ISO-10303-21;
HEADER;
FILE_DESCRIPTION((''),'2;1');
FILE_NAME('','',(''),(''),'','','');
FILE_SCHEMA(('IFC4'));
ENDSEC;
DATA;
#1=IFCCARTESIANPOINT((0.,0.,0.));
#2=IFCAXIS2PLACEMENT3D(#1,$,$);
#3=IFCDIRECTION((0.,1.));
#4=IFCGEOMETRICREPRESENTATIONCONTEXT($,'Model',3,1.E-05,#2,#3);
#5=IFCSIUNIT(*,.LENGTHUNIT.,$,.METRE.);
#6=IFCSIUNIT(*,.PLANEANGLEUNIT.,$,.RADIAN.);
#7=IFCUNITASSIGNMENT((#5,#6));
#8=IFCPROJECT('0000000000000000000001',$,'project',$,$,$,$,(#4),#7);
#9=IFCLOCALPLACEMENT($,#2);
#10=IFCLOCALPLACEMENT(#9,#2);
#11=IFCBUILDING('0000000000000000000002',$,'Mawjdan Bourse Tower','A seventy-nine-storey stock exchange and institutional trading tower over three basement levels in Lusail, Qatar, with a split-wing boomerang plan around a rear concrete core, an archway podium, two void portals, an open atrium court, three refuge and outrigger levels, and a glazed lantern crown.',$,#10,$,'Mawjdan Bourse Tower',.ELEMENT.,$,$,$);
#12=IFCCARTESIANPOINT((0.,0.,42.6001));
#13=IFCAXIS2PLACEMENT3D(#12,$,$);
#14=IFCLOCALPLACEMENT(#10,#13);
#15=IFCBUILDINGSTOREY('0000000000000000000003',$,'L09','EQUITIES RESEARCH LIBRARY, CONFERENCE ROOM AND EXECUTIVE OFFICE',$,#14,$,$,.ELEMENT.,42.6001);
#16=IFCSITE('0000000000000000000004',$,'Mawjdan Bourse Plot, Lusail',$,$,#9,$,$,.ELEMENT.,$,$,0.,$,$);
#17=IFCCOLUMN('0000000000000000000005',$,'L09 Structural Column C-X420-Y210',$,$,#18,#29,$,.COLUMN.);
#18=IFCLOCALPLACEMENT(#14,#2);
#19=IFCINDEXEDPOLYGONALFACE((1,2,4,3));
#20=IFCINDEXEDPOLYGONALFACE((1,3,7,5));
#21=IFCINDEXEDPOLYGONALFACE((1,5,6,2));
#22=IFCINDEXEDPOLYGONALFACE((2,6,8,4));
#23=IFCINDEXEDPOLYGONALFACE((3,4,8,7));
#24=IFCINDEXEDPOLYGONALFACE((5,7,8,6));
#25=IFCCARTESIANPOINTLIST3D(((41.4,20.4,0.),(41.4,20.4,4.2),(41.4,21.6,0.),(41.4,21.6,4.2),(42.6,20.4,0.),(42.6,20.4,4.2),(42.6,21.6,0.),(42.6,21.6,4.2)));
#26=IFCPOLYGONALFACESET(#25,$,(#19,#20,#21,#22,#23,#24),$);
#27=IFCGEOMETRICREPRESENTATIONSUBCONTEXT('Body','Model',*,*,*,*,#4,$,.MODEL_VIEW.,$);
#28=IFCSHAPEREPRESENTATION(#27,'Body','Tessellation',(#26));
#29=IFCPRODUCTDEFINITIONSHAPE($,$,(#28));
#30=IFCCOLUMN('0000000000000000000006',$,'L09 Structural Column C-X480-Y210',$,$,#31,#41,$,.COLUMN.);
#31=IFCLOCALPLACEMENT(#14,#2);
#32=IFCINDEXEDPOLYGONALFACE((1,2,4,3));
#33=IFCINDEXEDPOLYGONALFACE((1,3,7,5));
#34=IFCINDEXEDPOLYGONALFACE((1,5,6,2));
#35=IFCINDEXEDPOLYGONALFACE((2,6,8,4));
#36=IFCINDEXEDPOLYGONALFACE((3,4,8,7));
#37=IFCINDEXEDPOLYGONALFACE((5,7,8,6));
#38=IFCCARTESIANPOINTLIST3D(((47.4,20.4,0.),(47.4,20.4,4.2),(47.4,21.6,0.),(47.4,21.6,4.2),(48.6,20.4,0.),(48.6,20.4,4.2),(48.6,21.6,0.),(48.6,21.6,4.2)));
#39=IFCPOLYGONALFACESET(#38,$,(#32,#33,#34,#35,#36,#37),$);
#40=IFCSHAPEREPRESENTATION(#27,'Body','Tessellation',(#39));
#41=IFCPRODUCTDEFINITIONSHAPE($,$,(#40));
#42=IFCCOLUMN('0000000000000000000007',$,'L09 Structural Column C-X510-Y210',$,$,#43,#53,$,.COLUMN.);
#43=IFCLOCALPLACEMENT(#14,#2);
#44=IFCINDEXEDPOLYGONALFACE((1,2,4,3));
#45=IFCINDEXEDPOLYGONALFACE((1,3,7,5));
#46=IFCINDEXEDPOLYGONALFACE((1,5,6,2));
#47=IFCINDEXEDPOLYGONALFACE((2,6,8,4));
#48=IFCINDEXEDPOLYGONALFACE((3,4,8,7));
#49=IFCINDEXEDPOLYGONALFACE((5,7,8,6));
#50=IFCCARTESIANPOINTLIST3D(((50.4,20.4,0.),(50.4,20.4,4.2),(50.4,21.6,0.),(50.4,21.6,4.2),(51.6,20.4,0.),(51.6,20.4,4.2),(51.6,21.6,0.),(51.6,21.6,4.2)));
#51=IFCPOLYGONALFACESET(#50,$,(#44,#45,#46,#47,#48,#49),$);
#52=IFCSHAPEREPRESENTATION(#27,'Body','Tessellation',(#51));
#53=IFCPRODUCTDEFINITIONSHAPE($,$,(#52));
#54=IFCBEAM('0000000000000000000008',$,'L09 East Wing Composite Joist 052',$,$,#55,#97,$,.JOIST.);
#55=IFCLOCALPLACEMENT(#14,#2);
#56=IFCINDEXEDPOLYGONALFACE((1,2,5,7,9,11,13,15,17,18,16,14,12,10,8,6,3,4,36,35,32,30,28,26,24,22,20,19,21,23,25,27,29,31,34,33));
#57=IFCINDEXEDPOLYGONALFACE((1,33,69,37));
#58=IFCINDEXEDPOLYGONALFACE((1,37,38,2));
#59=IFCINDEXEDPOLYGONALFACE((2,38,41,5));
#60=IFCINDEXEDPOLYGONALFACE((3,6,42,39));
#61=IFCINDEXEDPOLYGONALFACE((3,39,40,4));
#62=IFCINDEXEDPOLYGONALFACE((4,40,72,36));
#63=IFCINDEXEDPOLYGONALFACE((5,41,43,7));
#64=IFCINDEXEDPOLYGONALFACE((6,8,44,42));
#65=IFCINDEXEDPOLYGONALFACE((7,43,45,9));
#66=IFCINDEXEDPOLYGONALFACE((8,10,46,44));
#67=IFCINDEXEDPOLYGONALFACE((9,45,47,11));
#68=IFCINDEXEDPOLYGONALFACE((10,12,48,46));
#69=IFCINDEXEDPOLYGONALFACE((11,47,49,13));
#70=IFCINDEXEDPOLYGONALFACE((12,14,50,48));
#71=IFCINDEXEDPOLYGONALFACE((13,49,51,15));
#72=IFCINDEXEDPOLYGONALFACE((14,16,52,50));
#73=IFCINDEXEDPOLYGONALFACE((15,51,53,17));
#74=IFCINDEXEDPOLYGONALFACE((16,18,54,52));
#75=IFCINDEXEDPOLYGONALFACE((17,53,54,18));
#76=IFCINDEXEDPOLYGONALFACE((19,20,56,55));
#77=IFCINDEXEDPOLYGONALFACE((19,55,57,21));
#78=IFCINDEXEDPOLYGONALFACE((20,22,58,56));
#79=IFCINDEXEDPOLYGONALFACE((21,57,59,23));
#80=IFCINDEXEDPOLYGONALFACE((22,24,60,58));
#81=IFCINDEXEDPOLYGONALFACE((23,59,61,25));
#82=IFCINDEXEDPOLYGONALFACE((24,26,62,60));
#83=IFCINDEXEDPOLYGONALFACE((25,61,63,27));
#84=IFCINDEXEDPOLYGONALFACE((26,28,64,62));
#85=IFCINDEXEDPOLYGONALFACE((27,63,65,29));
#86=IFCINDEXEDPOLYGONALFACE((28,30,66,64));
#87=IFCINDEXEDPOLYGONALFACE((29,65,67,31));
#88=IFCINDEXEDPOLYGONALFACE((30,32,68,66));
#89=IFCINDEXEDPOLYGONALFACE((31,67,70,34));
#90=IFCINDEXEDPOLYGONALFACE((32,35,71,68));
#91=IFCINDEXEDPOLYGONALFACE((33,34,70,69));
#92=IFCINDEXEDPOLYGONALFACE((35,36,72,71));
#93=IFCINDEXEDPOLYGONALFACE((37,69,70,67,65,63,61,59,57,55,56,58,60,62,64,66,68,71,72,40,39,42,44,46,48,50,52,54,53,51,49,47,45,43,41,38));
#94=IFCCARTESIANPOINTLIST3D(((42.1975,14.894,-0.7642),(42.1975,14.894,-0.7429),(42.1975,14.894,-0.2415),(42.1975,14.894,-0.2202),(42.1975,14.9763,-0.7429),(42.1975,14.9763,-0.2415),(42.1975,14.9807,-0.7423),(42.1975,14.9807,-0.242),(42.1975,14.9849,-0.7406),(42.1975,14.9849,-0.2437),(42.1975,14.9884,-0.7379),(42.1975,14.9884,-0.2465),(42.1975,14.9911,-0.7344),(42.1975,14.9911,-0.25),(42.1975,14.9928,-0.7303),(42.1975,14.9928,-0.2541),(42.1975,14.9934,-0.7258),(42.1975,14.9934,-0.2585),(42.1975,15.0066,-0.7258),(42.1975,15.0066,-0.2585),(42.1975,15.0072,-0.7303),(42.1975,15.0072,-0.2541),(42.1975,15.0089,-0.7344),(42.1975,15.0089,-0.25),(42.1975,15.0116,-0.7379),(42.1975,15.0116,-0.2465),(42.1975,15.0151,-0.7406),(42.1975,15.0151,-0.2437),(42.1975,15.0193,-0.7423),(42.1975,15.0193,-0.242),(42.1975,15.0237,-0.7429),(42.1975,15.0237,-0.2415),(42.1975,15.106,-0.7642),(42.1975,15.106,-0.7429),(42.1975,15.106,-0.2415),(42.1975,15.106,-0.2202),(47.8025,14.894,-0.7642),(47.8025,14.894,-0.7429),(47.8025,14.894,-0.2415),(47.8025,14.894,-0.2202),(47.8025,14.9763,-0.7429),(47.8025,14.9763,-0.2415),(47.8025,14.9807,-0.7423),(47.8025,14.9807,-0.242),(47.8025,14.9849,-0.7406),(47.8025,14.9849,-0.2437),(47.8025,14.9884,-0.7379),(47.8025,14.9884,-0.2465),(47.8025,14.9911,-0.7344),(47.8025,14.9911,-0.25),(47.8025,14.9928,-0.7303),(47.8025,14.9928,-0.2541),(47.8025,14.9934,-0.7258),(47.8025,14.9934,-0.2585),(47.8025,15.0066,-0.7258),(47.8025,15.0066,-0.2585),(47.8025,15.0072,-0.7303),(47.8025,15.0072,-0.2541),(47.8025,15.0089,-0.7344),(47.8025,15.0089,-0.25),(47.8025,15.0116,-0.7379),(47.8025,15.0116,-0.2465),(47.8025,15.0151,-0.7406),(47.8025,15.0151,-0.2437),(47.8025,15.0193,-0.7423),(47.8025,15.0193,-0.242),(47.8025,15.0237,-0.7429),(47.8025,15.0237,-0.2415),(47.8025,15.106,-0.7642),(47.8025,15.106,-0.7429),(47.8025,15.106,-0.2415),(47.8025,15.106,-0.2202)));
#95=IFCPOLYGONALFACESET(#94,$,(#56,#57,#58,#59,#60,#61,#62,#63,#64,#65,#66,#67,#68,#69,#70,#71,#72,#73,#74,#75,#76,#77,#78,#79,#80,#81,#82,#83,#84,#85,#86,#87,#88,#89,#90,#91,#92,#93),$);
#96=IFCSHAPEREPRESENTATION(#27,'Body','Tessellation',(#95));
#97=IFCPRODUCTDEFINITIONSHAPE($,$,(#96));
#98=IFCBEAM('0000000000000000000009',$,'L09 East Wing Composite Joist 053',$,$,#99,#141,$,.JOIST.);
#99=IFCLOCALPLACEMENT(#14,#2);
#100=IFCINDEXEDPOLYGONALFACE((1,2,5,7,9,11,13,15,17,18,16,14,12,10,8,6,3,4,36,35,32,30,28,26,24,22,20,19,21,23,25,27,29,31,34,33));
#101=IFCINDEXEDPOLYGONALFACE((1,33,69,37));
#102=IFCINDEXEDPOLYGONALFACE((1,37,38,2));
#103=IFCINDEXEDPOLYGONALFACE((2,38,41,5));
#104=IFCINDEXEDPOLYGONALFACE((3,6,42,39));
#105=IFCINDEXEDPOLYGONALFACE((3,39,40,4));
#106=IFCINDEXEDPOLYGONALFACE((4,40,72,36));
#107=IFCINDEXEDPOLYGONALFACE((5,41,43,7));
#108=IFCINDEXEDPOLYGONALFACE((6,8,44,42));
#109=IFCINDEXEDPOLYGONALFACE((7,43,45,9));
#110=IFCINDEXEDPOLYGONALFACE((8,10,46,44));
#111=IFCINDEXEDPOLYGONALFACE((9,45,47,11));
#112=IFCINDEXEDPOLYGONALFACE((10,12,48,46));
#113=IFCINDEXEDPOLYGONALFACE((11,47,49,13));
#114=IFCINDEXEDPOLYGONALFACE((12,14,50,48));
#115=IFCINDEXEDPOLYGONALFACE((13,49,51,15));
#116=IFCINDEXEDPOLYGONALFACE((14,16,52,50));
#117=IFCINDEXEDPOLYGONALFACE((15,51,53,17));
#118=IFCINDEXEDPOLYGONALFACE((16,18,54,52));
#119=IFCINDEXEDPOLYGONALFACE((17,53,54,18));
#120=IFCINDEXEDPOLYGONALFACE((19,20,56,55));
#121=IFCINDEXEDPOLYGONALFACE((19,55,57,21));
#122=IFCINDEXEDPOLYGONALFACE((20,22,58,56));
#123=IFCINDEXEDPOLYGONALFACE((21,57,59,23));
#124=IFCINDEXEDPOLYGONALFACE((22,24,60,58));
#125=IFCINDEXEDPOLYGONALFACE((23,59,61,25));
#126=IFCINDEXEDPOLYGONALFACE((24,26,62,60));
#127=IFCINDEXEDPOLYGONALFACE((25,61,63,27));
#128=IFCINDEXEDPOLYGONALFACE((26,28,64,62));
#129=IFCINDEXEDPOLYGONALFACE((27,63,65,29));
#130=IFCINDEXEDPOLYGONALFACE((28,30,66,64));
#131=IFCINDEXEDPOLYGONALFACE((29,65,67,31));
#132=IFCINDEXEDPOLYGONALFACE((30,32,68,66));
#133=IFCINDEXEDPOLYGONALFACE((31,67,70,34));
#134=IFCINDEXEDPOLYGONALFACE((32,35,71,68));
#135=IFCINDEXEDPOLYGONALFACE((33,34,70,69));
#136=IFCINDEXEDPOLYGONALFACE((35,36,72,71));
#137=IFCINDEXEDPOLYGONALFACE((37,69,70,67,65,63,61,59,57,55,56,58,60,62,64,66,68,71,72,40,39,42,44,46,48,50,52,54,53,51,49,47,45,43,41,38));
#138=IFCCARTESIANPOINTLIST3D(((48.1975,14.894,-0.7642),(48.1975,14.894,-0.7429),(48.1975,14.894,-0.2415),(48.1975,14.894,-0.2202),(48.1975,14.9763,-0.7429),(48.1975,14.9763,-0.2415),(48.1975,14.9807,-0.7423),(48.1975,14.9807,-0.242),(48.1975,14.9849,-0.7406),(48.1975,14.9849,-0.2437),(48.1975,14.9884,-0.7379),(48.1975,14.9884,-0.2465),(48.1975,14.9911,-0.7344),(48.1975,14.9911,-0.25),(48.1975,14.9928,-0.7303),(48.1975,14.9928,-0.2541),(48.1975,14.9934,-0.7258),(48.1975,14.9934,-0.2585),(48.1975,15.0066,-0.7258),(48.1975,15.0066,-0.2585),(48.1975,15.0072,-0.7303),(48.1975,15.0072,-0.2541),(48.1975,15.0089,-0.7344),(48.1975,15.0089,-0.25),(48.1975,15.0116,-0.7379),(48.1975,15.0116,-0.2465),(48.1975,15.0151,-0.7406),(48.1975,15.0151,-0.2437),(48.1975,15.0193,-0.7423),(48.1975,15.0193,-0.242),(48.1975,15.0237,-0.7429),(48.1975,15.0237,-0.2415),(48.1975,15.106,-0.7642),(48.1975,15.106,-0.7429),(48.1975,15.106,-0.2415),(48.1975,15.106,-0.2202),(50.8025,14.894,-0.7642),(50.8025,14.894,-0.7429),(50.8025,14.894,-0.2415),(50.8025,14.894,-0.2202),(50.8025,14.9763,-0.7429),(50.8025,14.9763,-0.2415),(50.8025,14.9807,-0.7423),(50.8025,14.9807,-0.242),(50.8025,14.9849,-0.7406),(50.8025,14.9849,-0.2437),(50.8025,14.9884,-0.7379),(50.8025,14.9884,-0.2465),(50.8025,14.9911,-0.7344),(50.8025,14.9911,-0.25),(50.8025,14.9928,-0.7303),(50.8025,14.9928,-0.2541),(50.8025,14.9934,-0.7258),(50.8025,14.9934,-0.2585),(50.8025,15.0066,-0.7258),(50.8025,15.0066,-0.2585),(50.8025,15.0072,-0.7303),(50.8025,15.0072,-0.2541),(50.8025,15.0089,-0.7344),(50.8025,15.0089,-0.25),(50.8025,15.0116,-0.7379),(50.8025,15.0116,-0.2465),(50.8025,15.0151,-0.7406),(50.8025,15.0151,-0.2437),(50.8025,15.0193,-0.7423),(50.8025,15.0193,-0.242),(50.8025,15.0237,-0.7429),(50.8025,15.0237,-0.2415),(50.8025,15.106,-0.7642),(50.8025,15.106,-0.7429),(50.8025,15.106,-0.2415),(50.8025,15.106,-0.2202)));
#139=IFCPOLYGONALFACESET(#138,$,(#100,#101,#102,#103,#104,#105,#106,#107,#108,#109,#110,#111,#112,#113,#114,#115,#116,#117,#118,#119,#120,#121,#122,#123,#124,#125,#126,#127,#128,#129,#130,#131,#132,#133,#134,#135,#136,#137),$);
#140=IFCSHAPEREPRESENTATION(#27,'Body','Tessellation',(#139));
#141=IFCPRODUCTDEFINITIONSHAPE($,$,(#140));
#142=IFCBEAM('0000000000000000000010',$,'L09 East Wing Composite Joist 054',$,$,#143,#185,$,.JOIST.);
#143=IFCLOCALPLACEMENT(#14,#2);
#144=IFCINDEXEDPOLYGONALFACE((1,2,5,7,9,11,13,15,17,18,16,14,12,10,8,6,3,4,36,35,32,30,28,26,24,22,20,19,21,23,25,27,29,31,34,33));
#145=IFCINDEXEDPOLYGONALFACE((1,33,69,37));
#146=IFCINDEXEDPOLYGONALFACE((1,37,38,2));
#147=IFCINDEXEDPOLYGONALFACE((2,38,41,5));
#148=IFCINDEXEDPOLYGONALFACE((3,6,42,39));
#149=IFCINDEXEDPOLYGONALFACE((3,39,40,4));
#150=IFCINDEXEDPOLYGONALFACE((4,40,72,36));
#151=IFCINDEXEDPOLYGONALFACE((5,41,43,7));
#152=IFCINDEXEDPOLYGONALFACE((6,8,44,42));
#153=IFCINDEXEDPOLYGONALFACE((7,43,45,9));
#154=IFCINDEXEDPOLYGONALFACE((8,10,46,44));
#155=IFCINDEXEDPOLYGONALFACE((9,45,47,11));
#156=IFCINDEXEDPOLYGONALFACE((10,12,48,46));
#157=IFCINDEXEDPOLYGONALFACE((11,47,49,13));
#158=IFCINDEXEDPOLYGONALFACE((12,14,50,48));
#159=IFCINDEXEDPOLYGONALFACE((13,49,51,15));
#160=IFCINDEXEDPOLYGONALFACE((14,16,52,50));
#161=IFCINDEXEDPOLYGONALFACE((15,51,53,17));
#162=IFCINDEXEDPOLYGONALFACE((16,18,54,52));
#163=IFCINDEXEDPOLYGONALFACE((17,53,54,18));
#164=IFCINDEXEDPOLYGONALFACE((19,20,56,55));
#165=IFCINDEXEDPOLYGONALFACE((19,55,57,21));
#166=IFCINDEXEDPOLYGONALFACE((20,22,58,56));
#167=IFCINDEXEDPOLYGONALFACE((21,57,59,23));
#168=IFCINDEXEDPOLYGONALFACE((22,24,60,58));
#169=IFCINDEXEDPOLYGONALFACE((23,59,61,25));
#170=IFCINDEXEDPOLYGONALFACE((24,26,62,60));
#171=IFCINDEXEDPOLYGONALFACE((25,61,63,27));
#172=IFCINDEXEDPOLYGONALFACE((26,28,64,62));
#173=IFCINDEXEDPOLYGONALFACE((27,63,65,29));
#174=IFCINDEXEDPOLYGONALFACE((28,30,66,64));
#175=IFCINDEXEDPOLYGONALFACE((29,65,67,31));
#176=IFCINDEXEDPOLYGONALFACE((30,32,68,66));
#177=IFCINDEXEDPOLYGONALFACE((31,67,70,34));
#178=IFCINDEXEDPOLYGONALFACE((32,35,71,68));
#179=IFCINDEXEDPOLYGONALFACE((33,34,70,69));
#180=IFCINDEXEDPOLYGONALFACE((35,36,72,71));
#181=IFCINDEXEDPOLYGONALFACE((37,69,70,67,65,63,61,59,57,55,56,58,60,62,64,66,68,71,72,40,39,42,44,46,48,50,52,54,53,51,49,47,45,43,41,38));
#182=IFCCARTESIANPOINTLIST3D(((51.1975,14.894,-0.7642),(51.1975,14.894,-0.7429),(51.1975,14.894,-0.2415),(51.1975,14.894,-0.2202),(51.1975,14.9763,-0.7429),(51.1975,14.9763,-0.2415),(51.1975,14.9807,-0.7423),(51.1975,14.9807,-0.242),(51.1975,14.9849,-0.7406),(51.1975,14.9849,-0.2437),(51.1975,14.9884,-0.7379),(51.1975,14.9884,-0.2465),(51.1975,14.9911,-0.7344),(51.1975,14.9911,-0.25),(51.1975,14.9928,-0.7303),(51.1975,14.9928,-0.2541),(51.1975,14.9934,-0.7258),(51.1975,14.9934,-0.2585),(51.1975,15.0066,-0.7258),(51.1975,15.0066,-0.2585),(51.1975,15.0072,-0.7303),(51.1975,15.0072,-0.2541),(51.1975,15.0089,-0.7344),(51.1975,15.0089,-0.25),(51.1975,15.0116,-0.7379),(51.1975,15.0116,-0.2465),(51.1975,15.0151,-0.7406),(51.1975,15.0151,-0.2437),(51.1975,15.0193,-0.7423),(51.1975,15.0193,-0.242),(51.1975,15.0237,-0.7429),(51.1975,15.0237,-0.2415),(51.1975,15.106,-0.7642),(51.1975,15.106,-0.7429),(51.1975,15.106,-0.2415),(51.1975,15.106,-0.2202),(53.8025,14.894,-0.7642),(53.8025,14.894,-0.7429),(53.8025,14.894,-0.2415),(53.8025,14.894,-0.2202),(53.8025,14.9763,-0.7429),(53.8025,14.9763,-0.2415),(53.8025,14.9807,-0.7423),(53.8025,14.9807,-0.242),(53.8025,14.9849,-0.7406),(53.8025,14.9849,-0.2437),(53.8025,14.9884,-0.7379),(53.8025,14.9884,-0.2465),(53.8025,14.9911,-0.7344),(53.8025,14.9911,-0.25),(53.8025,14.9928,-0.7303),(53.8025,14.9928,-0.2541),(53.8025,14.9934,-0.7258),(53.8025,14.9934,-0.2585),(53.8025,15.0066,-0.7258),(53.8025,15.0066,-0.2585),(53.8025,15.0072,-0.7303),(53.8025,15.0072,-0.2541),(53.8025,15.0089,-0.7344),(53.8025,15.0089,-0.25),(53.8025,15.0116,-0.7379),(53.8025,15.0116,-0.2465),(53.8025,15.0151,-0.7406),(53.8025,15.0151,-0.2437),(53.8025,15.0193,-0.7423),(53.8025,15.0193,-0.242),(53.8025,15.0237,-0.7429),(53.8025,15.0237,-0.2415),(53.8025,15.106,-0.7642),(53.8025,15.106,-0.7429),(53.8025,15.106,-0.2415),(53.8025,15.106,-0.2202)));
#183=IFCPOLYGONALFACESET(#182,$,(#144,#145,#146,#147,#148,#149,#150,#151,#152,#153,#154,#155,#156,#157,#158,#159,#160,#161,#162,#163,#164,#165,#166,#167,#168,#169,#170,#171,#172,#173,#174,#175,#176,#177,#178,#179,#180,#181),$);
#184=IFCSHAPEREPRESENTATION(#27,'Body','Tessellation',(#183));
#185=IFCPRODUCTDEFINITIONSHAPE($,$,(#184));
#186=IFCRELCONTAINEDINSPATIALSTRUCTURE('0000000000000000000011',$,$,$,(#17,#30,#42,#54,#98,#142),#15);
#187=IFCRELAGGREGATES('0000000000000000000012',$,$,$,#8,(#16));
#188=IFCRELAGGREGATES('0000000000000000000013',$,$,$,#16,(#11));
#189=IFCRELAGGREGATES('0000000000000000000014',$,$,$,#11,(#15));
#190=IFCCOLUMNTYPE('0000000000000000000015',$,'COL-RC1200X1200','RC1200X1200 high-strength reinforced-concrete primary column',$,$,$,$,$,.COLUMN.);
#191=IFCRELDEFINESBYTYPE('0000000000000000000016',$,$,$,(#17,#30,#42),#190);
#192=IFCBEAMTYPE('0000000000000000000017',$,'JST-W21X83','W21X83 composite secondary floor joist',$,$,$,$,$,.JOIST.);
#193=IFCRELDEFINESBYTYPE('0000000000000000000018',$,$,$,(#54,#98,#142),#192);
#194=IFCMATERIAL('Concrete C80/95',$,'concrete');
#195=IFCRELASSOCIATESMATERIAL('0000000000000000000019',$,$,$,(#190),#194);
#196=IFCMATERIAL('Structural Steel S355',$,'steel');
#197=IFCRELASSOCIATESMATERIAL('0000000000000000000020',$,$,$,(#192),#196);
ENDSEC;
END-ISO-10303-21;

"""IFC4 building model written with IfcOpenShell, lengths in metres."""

from ifc_helpers import new_model, si_unit, direction, frame, origin, origin_2d, place, context, subcontext, project, spatial, rectangle, i_section, extrude, material, material_profile, profile_set, type_object, element, save


model = new_model("IFC4")

# Units and contexts
model_context = context("Model", 3, precision=1e-05, world=origin(), true_north=direction((0.0, 1.0)))
body_context = subcontext(model_context, "Body", "Model", "MODEL_VIEW")
ifc_project = project(units=[si_unit("LENGTHUNIT", "METRE"), si_unit("PLANEANGLEUNIT", "RADIAN")], contexts=[model_context])

# Site, building, storey
site_placement = place(None, origin())
site = spatial("IfcSite", under=ifc_project, at=site_placement, Name="Mawjdan Bourse Plot, Lusail", CompositionType="ELEMENT", RefElevation=0.0)
building_placement = place(site_placement, origin())
building = spatial("IfcBuilding", under=site, at=building_placement, Name="Mawjdan Bourse Tower", Description="A seventy-nine-storey stock exchange and institutional trading tower over three basement levels in Lusail, Qatar, with a split-wing boomerang plan around a rear concrete core, an archway podium, two void portals, an open atrium court, three refuge and outrigger levels, and a glazed lantern crown.", LongName="Mawjdan Bourse Tower", CompositionType="ELEMENT")
storey_placement = place(building_placement, frame((0.0, 0.0, 42.6001)))
storey = spatial("IfcBuildingStorey", under=building, at=storey_placement, Name="L09", Description="EQUITIES RESEARCH LIBRARY, CONFERENCE ROOM AND EXECUTIVE OFFICE", CompositionType="ELEMENT", Elevation=42.6001)

# Columns
ifc_material_1 = material(Name="Concrete C80/95", Category="concrete")
ifc_material_profile_1 = material_profile(ifc_material_1, rectangle(XDim=1.2, YDim=1.2, at=origin_2d()), Name="RC1200X1200")
ifc_profile_set_1 = profile_set([ifc_material_profile_1], Name="Concrete C80/95")
column_type = type_object("IfcColumnType", Name="COL-RC1200X1200", Description="RC1200X1200 high-strength reinforced-concrete primary column", PredefinedType="COLUMN", material=ifc_profile_set_1)
for number, where, z_axis, x_axis, name in (
    (1, (42.0, 21.0, 0.0), (0.0, 0.0, 1.0), (1.0, 0.0, 0.0), "L09 Structural Column C-X420-Y210"),
    (2, (48.0, 21.0, 0.0), (0.0, 0.0, 1.0), (1.0, 0.0, 0.0), "L09 Structural Column C-X480-Y210"),
    (3, (51.0, 21.0, 0.0), (0.0, 0.0, 1.0), (1.0, 0.0, 0.0), "L09 Structural Column C-X510-Y210"),
):
    element("IfcColumn", number, at=place(storey_placement, frame(where, z_axis=z_axis, x_axis=x_axis)), inside=storey, type_object=column_type, Name=name, PredefinedType="COLUMN", context=body_context, shape_type="SweptSolid", body=[
        extrude(rectangle(XDim=1.2, YDim=1.2, at=origin_2d()), origin(), (0.0, 0.0, 1.0), 4.2),
    ])

# Beams
ifc_material_2 = material(Name="Structural Steel S355", Category="steel")
ifc_material_profile_2 = material_profile(ifc_material_2, i_section(OverallWidth=0.2119, OverallDepth=0.5439, WebThickness=0.0132, FlangeThickness=0.0212, FilletRadius=0.0171, at=origin_2d()), Name="W21X83")
ifc_profile_set_2 = profile_set([ifc_material_profile_2], Name="Structural Steel S355")
beam_type_1 = type_object("IfcBeamType", Name="JST-W21X83", Description="W21X83 composite secondary floor joist", PredefinedType="JOIST", material=ifc_profile_set_2)
beam_1_placement = place(storey_placement, frame((42.1975, 15.0, -0.4922), z_axis=(1.0, 0.0, 0.0), x_axis=(0.0, 1.0, 0.0)))
element("IfcBeam", 4, at=beam_1_placement, inside=storey, type_object=beam_type_1, Name="L09 East Wing Composite Joist 052", PredefinedType="JOIST", context=body_context, shape_type="SweptSolid", body=[
    extrude(i_section(OverallWidth=0.2119, OverallDepth=0.5439, WebThickness=0.0132, FlangeThickness=0.0212, FilletRadius=0.0171, at=origin_2d()), origin(), (0.0, 0.0, 1.0), 5.605),
])
for number, where, z_axis, x_axis, name in (
    (5, (48.1975, 15.0, -0.4922), (1.0, 0.0, 0.0), (0.0, 1.0, 0.0), "L09 East Wing Composite Joist 053"),
    (6, (51.1975, 15.0, -0.4922), (1.0, 0.0, 0.0), (0.0, 1.0, 0.0), "L09 East Wing Composite Joist 054"),
):
    element("IfcBeam", number, at=place(storey_placement, frame(where, z_axis=z_axis, x_axis=x_axis)), inside=storey, type_object=beam_type_1, Name=name, PredefinedType="JOIST", context=body_context, shape_type="SweptSolid", body=[
        extrude(i_section(OverallWidth=0.2119, OverallDepth=0.5439, WebThickness=0.0132, FlangeThickness=0.0212, FilletRadius=0.0171, at=origin_2d()), origin(), (0.0, 0.0, 1.0), 2.605),
    ])

save(model, "model.ifc")
